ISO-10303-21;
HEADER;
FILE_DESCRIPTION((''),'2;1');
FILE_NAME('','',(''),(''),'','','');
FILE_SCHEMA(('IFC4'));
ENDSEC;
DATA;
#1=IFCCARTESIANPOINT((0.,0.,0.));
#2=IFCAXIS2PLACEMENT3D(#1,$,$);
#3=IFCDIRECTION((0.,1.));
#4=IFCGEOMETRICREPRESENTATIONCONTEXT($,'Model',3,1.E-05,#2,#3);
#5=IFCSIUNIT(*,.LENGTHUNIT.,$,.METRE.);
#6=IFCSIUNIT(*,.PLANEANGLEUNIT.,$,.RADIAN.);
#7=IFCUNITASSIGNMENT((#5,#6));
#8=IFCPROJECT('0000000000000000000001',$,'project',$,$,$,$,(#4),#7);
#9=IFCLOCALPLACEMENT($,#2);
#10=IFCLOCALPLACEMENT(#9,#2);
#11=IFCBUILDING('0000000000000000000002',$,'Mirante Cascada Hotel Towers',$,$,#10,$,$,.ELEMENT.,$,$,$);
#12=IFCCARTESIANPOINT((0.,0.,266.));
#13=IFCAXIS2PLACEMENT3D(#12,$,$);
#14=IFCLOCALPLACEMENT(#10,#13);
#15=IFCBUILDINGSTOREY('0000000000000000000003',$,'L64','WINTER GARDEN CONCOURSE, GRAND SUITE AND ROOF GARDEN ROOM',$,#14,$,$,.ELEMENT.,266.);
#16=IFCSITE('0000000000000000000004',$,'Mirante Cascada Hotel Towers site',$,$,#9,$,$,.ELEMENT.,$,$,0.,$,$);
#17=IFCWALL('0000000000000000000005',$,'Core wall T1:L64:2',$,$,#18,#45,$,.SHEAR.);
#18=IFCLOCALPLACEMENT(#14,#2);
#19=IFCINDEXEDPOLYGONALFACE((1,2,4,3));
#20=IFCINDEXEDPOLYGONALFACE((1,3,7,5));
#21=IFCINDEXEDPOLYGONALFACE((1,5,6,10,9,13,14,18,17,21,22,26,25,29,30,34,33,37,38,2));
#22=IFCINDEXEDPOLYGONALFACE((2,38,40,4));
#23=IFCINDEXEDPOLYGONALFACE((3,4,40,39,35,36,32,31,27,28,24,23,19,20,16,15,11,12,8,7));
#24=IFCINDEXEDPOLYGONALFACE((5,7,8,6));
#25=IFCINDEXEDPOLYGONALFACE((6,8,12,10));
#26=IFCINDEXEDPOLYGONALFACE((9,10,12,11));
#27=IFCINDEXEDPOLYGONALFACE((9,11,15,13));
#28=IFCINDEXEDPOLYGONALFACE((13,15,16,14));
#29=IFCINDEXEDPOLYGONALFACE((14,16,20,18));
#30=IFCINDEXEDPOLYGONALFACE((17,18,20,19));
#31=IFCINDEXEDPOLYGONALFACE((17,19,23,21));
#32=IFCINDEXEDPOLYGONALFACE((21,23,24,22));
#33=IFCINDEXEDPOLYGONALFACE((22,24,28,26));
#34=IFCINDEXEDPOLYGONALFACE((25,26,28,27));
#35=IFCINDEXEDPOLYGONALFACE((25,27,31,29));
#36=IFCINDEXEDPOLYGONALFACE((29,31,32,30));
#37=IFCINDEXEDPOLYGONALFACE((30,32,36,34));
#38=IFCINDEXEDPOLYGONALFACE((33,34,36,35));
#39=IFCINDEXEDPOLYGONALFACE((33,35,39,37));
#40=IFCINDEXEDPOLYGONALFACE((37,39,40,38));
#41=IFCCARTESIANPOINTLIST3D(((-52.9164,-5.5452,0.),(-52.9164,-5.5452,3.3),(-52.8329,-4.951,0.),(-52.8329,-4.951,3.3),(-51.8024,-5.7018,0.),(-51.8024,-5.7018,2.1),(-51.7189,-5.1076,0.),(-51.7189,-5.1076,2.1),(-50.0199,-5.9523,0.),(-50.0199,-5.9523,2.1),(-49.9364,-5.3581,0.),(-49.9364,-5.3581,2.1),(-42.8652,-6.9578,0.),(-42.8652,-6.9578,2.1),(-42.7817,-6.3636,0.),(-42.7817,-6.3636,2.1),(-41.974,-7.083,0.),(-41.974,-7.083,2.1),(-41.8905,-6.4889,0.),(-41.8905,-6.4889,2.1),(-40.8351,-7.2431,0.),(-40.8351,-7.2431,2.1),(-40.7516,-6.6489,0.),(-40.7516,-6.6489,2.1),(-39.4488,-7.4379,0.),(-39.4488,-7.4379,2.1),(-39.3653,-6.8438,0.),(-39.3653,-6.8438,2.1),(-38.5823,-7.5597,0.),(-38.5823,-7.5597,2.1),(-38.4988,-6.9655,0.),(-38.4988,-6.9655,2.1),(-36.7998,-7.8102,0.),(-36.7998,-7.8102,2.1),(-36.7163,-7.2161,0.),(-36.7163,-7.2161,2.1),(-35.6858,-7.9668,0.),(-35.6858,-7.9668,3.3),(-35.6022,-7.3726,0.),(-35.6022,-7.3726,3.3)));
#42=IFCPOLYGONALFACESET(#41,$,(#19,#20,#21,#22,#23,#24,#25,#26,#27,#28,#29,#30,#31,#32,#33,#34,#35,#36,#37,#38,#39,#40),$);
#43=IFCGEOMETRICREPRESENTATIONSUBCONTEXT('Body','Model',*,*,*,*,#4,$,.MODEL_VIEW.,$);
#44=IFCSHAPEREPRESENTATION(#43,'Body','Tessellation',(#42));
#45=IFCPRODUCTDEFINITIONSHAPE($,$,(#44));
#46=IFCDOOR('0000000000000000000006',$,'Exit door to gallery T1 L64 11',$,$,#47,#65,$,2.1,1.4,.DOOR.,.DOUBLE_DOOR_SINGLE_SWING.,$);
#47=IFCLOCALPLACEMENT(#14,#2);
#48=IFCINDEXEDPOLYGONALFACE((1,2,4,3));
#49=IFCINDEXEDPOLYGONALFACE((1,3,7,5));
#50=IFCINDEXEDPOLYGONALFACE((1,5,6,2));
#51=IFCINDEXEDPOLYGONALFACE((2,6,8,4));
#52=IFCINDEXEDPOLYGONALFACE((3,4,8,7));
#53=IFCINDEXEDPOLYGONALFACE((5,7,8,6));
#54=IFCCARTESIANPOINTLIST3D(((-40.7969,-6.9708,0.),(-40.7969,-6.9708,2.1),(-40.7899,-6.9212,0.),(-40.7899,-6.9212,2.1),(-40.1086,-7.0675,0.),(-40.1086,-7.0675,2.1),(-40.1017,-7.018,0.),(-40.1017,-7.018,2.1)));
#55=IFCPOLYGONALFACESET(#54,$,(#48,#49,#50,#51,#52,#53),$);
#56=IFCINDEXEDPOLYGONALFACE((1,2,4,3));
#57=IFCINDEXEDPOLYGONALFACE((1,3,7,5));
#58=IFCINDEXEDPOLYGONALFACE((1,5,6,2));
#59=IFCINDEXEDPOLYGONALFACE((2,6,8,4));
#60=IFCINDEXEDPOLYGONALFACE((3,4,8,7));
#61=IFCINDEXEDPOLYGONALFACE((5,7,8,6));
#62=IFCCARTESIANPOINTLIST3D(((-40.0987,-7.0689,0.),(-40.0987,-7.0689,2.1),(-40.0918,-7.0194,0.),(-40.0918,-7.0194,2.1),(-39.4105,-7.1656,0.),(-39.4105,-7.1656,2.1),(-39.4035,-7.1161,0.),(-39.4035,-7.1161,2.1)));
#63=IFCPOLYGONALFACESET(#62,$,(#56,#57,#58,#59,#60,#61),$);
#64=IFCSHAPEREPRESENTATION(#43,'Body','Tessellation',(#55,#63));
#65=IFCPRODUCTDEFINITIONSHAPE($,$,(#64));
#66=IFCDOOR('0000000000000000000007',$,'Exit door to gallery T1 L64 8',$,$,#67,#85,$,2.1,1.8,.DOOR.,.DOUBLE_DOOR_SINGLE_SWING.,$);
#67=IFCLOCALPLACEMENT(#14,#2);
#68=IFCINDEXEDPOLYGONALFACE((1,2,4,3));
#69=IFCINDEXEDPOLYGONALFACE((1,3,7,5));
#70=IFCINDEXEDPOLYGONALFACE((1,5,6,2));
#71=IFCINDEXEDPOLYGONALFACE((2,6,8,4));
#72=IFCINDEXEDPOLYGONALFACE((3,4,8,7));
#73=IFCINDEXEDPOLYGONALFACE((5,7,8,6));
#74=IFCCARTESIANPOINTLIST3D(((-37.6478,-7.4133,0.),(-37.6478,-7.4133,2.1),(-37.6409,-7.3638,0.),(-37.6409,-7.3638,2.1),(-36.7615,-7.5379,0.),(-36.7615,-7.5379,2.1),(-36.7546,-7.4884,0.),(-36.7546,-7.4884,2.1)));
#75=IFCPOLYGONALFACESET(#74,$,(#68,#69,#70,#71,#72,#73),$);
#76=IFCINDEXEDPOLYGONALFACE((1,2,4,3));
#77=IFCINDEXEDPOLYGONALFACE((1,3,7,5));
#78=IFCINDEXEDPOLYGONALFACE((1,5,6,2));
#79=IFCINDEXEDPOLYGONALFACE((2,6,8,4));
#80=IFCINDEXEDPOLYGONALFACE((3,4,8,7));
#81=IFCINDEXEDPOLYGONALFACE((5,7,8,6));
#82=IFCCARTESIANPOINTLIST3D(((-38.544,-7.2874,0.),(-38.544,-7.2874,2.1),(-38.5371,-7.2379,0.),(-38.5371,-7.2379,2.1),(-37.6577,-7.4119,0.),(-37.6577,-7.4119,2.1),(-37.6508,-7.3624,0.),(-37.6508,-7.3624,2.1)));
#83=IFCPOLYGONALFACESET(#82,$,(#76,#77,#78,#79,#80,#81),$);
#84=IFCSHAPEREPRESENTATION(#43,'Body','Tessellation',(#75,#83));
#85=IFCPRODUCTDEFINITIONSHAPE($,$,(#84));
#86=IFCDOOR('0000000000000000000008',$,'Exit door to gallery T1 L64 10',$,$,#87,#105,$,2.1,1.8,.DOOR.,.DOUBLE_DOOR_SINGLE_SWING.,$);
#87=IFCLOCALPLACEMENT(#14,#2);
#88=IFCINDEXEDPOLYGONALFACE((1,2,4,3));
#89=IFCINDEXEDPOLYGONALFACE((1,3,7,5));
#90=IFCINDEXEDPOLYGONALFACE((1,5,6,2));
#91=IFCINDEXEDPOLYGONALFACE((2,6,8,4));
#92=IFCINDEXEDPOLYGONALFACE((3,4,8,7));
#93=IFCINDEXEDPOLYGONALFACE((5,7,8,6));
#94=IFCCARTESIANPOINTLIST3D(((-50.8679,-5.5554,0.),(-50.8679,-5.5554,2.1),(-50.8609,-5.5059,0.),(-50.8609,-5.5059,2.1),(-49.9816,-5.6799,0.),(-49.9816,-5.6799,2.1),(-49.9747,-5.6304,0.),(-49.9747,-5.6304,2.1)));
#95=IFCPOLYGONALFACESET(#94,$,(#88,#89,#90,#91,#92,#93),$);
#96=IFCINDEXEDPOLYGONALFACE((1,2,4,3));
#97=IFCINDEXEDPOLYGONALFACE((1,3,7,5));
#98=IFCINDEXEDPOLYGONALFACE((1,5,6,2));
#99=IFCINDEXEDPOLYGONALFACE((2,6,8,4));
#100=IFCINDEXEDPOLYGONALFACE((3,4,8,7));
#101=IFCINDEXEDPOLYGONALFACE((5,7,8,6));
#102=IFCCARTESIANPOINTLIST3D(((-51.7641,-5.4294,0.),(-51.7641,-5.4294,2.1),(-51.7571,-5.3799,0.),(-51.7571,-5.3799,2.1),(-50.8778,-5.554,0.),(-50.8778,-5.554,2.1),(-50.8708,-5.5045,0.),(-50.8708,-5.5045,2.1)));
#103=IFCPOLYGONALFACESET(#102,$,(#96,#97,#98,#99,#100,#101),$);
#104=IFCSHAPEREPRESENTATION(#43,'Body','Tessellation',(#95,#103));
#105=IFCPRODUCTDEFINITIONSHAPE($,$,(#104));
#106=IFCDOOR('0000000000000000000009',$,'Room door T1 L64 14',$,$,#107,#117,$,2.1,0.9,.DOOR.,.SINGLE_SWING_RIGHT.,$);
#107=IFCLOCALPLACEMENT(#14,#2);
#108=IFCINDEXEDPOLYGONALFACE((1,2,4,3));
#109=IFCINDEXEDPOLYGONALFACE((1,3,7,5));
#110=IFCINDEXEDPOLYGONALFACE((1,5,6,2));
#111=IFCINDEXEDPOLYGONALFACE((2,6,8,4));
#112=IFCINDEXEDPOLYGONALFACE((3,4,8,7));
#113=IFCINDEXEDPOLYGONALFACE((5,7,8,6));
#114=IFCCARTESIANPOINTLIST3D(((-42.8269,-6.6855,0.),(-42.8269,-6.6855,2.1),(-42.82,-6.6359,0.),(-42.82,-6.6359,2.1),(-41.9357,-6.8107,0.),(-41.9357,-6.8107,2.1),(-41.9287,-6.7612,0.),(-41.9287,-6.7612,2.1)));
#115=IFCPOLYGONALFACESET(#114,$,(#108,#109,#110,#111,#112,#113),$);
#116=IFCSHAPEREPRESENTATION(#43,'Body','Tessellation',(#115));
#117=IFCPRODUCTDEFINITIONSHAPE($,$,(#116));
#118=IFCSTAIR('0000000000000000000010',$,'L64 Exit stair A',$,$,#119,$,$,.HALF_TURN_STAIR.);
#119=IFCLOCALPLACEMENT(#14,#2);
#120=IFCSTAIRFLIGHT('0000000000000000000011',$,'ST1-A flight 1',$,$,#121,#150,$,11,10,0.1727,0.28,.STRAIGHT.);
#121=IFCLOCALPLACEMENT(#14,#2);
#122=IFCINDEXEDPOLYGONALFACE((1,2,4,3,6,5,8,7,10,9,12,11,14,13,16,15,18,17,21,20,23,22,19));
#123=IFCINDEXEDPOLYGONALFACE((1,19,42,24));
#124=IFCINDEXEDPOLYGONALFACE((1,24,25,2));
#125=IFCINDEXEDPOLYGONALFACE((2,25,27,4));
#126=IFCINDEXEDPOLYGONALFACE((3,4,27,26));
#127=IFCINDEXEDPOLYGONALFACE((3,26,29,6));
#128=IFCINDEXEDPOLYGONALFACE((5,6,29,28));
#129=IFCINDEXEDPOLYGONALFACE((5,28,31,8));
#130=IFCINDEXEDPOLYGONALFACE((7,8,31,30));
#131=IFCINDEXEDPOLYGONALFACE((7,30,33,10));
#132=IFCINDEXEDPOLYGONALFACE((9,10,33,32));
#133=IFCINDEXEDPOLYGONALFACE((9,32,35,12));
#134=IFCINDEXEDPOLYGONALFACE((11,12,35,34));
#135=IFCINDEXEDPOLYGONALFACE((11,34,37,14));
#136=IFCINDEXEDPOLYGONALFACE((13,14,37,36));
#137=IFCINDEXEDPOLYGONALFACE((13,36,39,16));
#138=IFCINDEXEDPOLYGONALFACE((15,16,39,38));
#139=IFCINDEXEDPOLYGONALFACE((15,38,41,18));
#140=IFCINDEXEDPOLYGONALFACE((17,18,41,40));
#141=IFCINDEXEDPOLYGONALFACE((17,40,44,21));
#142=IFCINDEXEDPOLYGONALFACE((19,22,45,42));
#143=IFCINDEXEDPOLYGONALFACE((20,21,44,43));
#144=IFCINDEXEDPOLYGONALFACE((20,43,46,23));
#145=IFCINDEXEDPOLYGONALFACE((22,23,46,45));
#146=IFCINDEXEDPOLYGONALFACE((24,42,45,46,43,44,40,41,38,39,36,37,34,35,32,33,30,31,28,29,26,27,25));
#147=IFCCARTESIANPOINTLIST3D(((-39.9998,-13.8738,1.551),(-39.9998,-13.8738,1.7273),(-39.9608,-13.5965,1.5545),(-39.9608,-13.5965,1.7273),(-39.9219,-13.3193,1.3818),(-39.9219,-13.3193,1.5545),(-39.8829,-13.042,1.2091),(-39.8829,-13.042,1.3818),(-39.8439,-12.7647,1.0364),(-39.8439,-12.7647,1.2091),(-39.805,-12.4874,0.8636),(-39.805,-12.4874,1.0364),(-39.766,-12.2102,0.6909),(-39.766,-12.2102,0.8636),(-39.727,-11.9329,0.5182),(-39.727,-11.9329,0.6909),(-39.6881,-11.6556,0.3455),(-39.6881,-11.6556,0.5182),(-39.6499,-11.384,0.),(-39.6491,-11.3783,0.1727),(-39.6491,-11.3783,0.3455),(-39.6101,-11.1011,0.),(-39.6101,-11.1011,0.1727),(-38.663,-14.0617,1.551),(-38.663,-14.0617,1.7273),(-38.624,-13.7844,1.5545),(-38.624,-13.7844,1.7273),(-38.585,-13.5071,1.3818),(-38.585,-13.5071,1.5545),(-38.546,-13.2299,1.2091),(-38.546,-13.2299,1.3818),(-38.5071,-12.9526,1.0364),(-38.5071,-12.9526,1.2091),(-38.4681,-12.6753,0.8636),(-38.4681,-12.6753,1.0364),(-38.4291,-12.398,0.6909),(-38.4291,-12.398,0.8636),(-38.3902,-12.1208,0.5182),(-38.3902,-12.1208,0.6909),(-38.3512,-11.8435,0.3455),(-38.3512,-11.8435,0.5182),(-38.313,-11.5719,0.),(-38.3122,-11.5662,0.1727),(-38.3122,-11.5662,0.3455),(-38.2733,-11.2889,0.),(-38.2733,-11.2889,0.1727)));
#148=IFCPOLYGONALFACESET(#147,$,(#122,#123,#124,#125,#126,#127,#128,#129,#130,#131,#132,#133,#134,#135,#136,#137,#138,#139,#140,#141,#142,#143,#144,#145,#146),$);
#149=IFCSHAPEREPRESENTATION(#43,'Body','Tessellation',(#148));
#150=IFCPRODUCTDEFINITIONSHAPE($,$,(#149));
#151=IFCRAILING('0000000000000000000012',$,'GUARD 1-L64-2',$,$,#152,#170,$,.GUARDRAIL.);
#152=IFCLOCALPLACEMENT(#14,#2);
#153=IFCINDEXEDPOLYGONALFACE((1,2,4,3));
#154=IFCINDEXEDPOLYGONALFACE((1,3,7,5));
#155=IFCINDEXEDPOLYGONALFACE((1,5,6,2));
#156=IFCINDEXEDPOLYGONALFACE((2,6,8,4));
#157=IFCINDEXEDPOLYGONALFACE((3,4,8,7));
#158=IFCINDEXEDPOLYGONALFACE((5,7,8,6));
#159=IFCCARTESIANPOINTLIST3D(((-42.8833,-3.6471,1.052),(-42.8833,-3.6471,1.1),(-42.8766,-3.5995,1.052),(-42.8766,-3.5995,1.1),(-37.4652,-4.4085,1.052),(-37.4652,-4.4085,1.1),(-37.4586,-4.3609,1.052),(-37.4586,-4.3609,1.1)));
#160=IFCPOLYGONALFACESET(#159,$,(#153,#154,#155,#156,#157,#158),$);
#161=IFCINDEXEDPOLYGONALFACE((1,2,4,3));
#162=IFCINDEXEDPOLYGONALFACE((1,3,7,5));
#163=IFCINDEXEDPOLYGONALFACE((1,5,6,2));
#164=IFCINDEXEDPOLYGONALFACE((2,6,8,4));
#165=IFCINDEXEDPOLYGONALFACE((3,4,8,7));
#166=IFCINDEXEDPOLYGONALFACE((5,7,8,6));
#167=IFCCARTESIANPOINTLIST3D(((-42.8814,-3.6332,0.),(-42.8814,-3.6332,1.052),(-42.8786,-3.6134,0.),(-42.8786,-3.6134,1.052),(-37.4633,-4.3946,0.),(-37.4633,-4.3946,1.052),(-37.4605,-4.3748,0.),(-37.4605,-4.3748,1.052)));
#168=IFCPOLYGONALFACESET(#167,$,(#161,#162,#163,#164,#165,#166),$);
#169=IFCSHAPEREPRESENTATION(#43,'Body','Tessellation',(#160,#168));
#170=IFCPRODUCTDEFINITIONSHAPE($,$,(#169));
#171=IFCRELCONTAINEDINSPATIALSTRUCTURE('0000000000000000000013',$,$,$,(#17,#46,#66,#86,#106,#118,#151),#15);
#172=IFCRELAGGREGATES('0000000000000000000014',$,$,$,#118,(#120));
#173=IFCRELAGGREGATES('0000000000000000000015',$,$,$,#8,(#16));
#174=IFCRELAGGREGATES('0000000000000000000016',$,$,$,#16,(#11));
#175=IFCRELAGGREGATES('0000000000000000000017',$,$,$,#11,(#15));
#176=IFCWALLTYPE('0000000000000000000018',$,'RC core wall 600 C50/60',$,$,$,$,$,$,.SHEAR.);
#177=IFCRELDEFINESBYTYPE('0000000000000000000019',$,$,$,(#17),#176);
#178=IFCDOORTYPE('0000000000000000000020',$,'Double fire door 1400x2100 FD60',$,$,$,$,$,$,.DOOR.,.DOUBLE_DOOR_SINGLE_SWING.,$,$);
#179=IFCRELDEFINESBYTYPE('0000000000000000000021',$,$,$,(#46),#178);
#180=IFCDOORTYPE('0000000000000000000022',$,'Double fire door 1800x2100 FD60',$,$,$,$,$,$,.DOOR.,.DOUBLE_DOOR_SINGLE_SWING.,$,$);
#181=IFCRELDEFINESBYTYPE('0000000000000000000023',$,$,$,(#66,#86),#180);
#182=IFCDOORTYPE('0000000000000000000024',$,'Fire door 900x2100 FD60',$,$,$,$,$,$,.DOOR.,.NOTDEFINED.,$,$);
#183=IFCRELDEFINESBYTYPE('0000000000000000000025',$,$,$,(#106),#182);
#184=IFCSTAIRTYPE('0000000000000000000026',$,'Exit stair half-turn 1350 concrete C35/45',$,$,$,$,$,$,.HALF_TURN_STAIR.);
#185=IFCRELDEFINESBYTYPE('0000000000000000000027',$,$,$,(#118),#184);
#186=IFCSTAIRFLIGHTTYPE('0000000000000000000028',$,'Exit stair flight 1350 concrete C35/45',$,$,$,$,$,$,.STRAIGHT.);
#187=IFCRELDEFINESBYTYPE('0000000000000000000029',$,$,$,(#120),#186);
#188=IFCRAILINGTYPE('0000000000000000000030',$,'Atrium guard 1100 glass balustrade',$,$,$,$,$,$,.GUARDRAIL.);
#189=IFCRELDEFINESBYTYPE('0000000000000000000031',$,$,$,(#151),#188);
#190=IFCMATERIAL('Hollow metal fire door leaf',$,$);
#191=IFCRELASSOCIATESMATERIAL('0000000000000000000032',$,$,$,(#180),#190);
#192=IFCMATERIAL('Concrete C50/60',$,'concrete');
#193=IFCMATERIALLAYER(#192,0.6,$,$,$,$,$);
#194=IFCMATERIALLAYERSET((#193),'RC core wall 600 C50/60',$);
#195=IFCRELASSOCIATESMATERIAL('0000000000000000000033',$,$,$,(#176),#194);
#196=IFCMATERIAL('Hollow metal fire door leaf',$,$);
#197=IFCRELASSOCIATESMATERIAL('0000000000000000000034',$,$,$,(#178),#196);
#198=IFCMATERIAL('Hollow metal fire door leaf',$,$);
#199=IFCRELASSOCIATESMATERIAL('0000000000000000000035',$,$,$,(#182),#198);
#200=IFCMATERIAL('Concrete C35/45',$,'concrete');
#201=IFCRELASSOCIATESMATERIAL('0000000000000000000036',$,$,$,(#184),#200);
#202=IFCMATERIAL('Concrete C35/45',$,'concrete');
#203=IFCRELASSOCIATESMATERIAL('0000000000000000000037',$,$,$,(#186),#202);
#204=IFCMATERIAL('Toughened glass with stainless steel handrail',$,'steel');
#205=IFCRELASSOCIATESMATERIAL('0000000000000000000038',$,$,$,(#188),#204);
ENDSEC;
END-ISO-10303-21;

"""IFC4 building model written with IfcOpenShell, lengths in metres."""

from ifc_helpers import new_model, si_unit, direction, frame, frame_2d, origin, origin_2d, place, context, subcontext, project, spatial, polyline, rectangle, outline, extrude, material, layer, layer_set, type_object, element, fill, aggregate, save


model = new_model("IFC4")

# Units and contexts
model_context = context("Model", 3, precision=1e-05, world=origin(), true_north=direction((0.0, 1.0)))
body_context = subcontext(model_context, "Body", "Model", "MODEL_VIEW")
ifc_project = project(units=[si_unit("LENGTHUNIT", "METRE"), si_unit("PLANEANGLEUNIT", "RADIAN")], contexts=[model_context])

# Site, building, storey
site_placement = place(None, origin())
site = spatial("IfcSite", under=ifc_project, at=site_placement, Name="Mirante Cascada Hotel Towers site", CompositionType="ELEMENT", RefElevation=0.0)
building_placement = place(site_placement, origin())
building = spatial("IfcBuilding", under=site, at=building_placement, Name="Mirante Cascada Hotel Towers", CompositionType="ELEMENT")
storey_placement = place(building_placement, frame((0.0, 0.0, 266.0)))
storey = spatial("IfcBuildingStorey", under=building, at=storey_placement, Name="L64", Description="WINTER GARDEN CONCOURSE, GRAND SUITE AND ROOF GARDEN ROOM", CompositionType="ELEMENT", Elevation=266.0)

# Shared definitions
ifc_material_1 = material(Name="Hollow metal fire door leaf")
door_type_1 = type_object("IfcDoorType", Name="Double fire door 1800x2100 FD60", OperationType="DOUBLE_DOOR_SINGLE_SWING", PredefinedType="DOOR", material=ifc_material_1)

# Wall, openings, doors
ifc_material_2 = material(Name="Concrete C50/60", Category="concrete")
ifc_layer_1 = layer(ifc_material_2, 0.6)
ifc_layer_set_1 = layer_set([ifc_layer_1], Name="RC core wall 600 C50/60")
wall_type_1 = type_object("IfcWallType", Name="RC core wall 600 C50/60", PredefinedType="SHEAR", material=ifc_layer_set_1)
wall_1_placement = place(storey_placement, frame((-35.644, -7.6697, 0.0), z_axis=(0.0, 0.0, 1.0), x_axis=(-0.990268, 0.139172, 0.0)))
wall_1 = element("IfcWall", 1, at=wall_1_placement, inside=storey, type_object=wall_type_1, Name="Core wall T1:L64:2", PredefinedType="SHEAR", context=body_context, shape_type="SweptSolid", body=[
    extrude(rectangle(XDim=17.4, YDim=0.6, at=frame_2d((8.7, 0.0))), origin(), (0.0, 0.0, 1.0), 3.3),
])
opening_1_placement = place(wall_1_placement, frame((1.125, 0.0, 0.0)))
opening_1 = element("IfcOpeningElement", 2, at=opening_1_placement, cuts=wall_1, PredefinedType="OPENING", context=body_context, shape_type="SweptSolid", body=[
    extrude(rectangle(XDim=1.8, YDim=2.1, at=frame_2d((0.9, 1.05))), frame((0.0, 0.3, 0.0), z_axis=(0.0, -1.0, 0.0), x_axis=(1.0, 0.0, 0.0)), (0.0, 0.0, 1.0), 0.6),
])
opening_2_placement = place(wall_1_placement, frame((14.475, 0.0, 0.0)))
opening_2 = element("IfcOpeningElement", 3, at=opening_2_placement, cuts=wall_1, PredefinedType="OPENING", context=body_context, shape_type="SweptSolid", body=[
    extrude(rectangle(XDim=1.8, YDim=2.1, at=frame_2d((0.9, 1.05))), frame((0.0, 0.3, 0.0), z_axis=(0.0, -1.0, 0.0), x_axis=(1.0, 0.0, 0.0)), (0.0, 0.0, 1.0), 0.6),
])
opening_3_placement = place(wall_1_placement, frame((3.8, 0.0, 0.0)))
opening_3 = element("IfcOpeningElement", 4, at=opening_3_placement, cuts=wall_1, PredefinedType="OPENING", context=body_context, shape_type="SweptSolid", body=[
    extrude(rectangle(XDim=1.4, YDim=2.1, at=frame_2d((0.7, 1.05))), frame((0.0, 0.3, 0.0), z_axis=(0.0, -1.0, 0.0), x_axis=(1.0, 0.0, 0.0)), (0.0, 0.0, 1.0), 0.6),
])
opening_4_placement = place(wall_1_placement, frame((6.35, 0.0, 0.0)))
opening_4 = element("IfcOpeningElement", 5, at=opening_4_placement, cuts=wall_1, PredefinedType="OPENING", context=body_context, shape_type="SweptSolid", body=[
    extrude(rectangle(XDim=0.9, YDim=2.1, at=frame_2d((0.45, 1.05))), frame((0.0, 0.3, 0.0), z_axis=(0.0, -1.0, 0.0), x_axis=(1.0, 0.0, 0.0)), (0.0, 0.0, 1.0), 0.6),
])
ifc_material_3 = material(Name="Hollow metal fire door leaf")
door_type_2 = type_object("IfcDoorType", Name="Double fire door 1400x2100 FD60", OperationType="DOUBLE_DOOR_SINGLE_SWING", PredefinedType="DOOR", material=ifc_material_3)
door_1_placement = place(opening_3_placement, frame((1.4, 0.0, 0.0), z_axis=(0.0, 0.0, 1.0), x_axis=(-1.0, 0.0, 0.0)))
door_1 = element("IfcDoor", 6, at=door_1_placement, inside=storey, type_object=door_type_2, Name="Exit door to gallery T1 L64 11", OperationType="DOUBLE_DOOR_SINGLE_SWING", OverallHeight=2.1, OverallWidth=1.4, PredefinedType="DOOR", context=body_context, shape_type="SweptSolid", body=[
    extrude(rectangle(XDim=0.695, YDim=2.1, at=frame_2d((0.3475, 1.05))), frame((0.0, 0.025, 0.0), z_axis=(0.0, -1.0, 0.0), x_axis=(1.0, 0.0, 0.0)), (0.0, 0.0, 1.0), 0.05),
    extrude(rectangle(XDim=0.695, YDim=2.1, at=frame_2d((1.0525, 1.05))), frame((0.0, 0.025, 0.0), z_axis=(0.0, -1.0, 0.0), x_axis=(1.0, 0.0, 0.0)), (0.0, 0.0, 1.0), 0.05),
])
fill(opening_3, door_1)
door_2_placement = place(opening_1_placement, origin())
door_2 = element("IfcDoor", 7, at=door_2_placement, inside=storey, type_object=door_type_1, Name="Exit door to gallery T1 L64 8", OperationType="DOUBLE_DOOR_SINGLE_SWING", OverallHeight=2.1, OverallWidth=1.8, PredefinedType="DOOR", context=body_context, shape_type="SweptSolid", body=[
    extrude(rectangle(XDim=0.895, YDim=2.1, at=frame_2d((0.4475, 1.05))), frame((0.0, 0.025, 0.0), z_axis=(0.0, -1.0, 0.0), x_axis=(1.0, 0.0, 0.0)), (0.0, 0.0, 1.0), 0.05),
    extrude(rectangle(XDim=0.895, YDim=2.1, at=frame_2d((1.3525, 1.05))), frame((0.0, 0.025, 0.0), z_axis=(0.0, -1.0, 0.0), x_axis=(1.0, 0.0, 0.0)), (0.0, 0.0, 1.0), 0.05),
])
fill(opening_1, door_2)
door_3_placement = place(opening_2_placement, origin())
door_3 = element("IfcDoor", 8, at=door_3_placement, inside=storey, type_object=door_type_1, Name="Exit door to gallery T1 L64 10", OperationType="DOUBLE_DOOR_SINGLE_SWING", OverallHeight=2.1, OverallWidth=1.8, PredefinedType="DOOR", context=body_context, shape_type="SweptSolid", body=[
    extrude(rectangle(XDim=0.895, YDim=2.1, at=frame_2d((0.4475, 1.05))), frame((0.0, 0.025, 0.0), z_axis=(0.0, -1.0, 0.0), x_axis=(1.0, 0.0, 0.0)), (0.0, 0.0, 1.0), 0.05),
    extrude(rectangle(XDim=0.895, YDim=2.1, at=frame_2d((1.3525, 1.05))), frame((0.0, 0.025, 0.0), z_axis=(0.0, -1.0, 0.0), x_axis=(1.0, 0.0, 0.0)), (0.0, 0.0, 1.0), 0.05),
])
fill(opening_2, door_3)
ifc_material_4 = material(Name="Hollow metal fire door leaf")
door_type_3 = type_object("IfcDoorType", Name="Fire door 900x2100 FD60", OperationType="NOTDEFINED", PredefinedType="DOOR", material=ifc_material_4)
door_4_placement = place(opening_4_placement, origin())
door_4 = element("IfcDoor", 9, at=door_4_placement, inside=storey, type_object=door_type_3, Name="Room door T1 L64 14", OperationType="SINGLE_SWING_RIGHT", OverallHeight=2.1, OverallWidth=0.9, PredefinedType="DOOR", context=body_context, shape_type="SweptSolid", body=[
    extrude(rectangle(XDim=0.9, YDim=2.1, at=frame_2d((0.45, 1.05))), frame((0.0, 0.025, 0.0), z_axis=(0.0, -1.0, 0.0), x_axis=(1.0, 0.0, 0.0)), (0.0, 0.0, 1.0), 0.05),
])
fill(opening_4, door_4)

# Stair, stair flight
ifc_material_5 = material(Name="Concrete C35/45", Category="concrete")
stair_type = type_object("IfcStairType", Name="Exit stair half-turn 1350 concrete C35/45", PredefinedType="HALF_TURN_STAIR", material=ifc_material_5)
stair_placement = place(storey_placement, origin())
stair = element("IfcStair", 10, at=stair_placement, inside=storey, type_object=stair_type, Name="L64 Exit stair A", PredefinedType="HALF_TURN_STAIR")
ifc_material_6 = material(Name="Concrete C35/45", Category="concrete")
stair_flight_type = type_object("IfcStairFlightType", Name="Exit stair flight 1350 concrete C35/45", PredefinedType="STRAIGHT", material=ifc_material_6)
stair_flight_placement = place(storey_placement, frame((-38.9417, -11.195, 0.0), z_axis=(0.0, 0.0, 1.0), x_axis=(-0.139173, -0.990268, 0.0)))
stair_flight = element("IfcStairFlight", 11, at=stair_flight_placement, type_object=stair_flight_type, Name="ST1-A flight 1", NumberOfRisers=11, NumberOfTreads=10, PredefinedType="STRAIGHT", RiserHeight=0.1727, TreadLength=0.28, context=body_context, shape_type="SweptSolid", body=[
    extrude(outline(polyline([(0.0, 0.0), (0.0, 0.1727), (0.28, 0.1727), (0.28, 0.3455), (0.56, 0.3455), (0.56, 0.5182), (0.84, 0.5182), (0.84, 0.6909), (1.12, 0.6909), (1.12, 0.8636), (1.4, 0.8636), (1.4, 1.0364), (1.68, 1.0364), (1.68, 1.2091), (1.96, 1.2091), (1.96, 1.3818), (2.24, 1.3818), (2.24, 1.5545), (2.52, 1.5545), (2.52, 1.7273), (2.8, 1.7273), (2.8, 1.9), (2.8, 1.551), (0.2857, 0.0), (0.0, 0.0)])), frame((0.0, 0.675, 0.0), z_axis=(0.0, -1.0, 0.0), x_axis=(1.0, 0.0, 0.0)), (0.0, 0.0, 1.0), 1.35),
])
aggregate(stair, [stair_flight])

# Railing
ifc_material_7 = material(Name="Toughened glass with stainless steel handrail", Category="steel")
railing_type_1 = type_object("IfcRailingType", Name="Atrium guard 1100 glass balustrade", PredefinedType="GUARDRAIL", material=ifc_material_7)
railing_1_placement = place(storey_placement, frame((-37.4619, -4.3847, 0.0)))
element("IfcRailing", 12, at=railing_1_placement, inside=storey, type_object=railing_type_1, Name="GUARD 1-L64-2", PredefinedType="GUARDRAIL", context=body_context, shape_type="SweptSolid", body=[
    extrude(rectangle(XDim=0.048, YDim=0.048, at=origin_2d()), frame((0.0, 0.0, 1.076), z_axis=(-0.99027, 0.139162, 0.0), x_axis=(-0.139162, -0.99027, 0.0)), (0.0, 0.0, 1.0), 5.4713),
    extrude(rectangle(XDim=0.02, YDim=1.052, at=origin_2d()), frame((0.0, 0.0, 0.526), z_axis=(-0.99027, 0.139162, 0.0), x_axis=(-0.139162, -0.99027, 0.0)), (0.0, 0.0, 1.0), 5.4713),
])

save(model, "model.ifc")
